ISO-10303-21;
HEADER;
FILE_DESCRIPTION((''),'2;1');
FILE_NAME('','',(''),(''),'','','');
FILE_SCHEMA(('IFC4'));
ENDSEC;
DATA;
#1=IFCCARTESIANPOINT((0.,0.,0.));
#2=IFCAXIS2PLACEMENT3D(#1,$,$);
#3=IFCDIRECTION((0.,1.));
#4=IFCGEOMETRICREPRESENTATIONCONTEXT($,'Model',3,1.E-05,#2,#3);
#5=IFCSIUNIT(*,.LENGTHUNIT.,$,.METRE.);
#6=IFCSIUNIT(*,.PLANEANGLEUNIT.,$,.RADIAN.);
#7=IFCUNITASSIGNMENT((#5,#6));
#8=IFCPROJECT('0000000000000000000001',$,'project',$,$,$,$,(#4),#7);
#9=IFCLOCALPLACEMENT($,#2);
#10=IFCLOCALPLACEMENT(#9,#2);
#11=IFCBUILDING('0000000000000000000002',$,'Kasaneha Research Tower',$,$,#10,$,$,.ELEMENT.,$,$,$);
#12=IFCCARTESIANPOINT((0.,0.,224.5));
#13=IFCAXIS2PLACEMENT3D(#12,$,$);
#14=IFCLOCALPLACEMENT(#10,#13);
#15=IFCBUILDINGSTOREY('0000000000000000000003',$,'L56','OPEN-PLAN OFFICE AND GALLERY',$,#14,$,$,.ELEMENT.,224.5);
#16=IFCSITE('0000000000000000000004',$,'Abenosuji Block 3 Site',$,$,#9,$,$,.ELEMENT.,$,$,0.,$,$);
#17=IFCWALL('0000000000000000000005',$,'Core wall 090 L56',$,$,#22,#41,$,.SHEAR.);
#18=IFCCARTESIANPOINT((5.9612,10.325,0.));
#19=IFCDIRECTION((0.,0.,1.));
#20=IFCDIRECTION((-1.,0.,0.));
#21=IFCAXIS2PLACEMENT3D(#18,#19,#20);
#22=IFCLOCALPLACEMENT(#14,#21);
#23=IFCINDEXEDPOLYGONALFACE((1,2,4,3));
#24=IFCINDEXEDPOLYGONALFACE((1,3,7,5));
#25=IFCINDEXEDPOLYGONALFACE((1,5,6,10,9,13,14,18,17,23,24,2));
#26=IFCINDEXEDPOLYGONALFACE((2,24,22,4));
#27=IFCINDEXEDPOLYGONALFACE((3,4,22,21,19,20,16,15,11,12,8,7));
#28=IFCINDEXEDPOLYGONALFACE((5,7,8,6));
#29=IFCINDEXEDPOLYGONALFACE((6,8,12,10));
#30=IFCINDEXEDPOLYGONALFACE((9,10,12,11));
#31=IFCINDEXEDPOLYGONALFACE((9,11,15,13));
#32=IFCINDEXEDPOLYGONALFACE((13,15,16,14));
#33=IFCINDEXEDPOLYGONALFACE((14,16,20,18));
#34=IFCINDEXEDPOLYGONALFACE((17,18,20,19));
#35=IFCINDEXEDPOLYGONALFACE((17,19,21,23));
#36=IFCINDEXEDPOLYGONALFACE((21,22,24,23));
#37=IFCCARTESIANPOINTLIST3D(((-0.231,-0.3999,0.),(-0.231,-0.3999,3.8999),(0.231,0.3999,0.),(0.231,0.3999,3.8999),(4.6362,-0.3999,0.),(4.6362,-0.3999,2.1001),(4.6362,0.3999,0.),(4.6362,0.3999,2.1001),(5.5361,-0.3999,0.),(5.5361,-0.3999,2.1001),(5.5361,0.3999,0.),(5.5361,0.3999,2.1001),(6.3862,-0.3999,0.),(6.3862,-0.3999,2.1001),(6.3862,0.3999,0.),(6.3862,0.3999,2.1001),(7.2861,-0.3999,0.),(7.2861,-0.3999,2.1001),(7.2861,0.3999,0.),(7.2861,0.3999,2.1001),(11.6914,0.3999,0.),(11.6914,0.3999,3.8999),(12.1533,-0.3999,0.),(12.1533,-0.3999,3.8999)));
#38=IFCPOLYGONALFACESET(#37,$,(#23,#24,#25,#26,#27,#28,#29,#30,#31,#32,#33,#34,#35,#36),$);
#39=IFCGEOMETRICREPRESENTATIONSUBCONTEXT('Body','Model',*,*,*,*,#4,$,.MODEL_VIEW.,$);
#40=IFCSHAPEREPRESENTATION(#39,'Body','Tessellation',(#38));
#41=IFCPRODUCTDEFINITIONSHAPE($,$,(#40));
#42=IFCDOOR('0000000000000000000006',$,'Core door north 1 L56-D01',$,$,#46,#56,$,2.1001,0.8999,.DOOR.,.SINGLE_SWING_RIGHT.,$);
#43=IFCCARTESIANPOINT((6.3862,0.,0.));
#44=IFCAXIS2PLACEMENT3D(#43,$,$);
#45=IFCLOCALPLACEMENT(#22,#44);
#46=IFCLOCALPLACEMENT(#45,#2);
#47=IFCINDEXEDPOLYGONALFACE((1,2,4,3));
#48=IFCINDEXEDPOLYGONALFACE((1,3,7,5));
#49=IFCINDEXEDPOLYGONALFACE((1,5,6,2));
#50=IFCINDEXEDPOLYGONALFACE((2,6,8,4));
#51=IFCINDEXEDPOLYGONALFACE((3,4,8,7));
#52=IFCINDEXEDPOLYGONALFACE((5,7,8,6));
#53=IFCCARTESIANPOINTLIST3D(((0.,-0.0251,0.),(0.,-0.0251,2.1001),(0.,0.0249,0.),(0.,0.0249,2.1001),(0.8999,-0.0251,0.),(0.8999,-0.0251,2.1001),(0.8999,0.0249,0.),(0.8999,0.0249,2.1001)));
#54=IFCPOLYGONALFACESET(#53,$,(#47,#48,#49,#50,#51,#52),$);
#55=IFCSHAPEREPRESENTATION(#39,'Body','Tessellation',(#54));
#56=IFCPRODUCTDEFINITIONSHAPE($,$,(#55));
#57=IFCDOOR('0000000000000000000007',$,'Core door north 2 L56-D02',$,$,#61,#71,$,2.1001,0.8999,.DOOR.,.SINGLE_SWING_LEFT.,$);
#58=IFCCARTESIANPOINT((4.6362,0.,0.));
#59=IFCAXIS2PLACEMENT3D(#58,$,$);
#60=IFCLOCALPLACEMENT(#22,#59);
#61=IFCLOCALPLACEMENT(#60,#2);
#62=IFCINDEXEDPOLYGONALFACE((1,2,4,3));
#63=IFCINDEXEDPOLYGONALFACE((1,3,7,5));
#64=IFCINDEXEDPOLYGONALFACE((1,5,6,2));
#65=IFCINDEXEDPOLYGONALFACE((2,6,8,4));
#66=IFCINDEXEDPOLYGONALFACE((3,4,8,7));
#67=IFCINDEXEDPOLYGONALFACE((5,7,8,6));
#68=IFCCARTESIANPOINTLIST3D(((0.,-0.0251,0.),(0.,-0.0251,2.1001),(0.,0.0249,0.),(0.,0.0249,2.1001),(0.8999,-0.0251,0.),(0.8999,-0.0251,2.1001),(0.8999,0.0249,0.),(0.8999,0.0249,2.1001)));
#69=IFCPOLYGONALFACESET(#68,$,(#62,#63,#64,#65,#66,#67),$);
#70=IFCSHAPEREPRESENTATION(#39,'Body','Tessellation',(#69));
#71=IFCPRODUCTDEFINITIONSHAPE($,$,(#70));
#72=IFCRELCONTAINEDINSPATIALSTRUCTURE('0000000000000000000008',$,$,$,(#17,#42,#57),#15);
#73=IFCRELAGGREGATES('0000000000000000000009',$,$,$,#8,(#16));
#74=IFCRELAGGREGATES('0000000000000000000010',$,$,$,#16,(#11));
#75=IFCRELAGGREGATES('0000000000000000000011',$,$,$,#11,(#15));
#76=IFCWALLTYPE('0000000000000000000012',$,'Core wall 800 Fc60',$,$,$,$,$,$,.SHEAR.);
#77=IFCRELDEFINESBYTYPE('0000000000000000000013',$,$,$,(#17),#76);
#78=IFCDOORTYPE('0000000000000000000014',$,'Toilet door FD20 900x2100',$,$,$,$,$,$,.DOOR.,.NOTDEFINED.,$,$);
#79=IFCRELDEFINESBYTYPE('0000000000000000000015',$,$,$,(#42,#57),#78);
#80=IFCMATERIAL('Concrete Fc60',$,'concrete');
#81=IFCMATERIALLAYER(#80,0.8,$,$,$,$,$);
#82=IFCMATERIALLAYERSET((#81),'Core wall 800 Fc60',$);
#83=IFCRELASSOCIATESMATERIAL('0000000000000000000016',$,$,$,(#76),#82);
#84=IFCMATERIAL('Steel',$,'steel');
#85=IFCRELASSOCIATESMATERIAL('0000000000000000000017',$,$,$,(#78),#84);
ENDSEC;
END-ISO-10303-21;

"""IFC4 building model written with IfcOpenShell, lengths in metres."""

from ifc_helpers import new_model, si_unit, direction, frame, frame_2d, origin, place, context, subcontext, project, spatial, polyline, rectangle, outline, extrude, material, layer, layer_set, type_object, element, fill, save


model = new_model("IFC4")

# Units and contexts
model_context = context("Model", 3, precision=1e-05, world=origin(), true_north=direction((0.0, 1.0)))
body_context = subcontext(model_context, "Body", "Model", "MODEL_VIEW")
ifc_project = project(units=[si_unit("LENGTHUNIT", "METRE"), si_unit("PLANEANGLEUNIT", "RADIAN")], contexts=[model_context])

# Site, building, storey
site_placement = place(None, origin())
site = spatial("IfcSite", under=ifc_project, at=site_placement, Name="Abenosuji Block 3 Site", CompositionType="ELEMENT", RefElevation=0.0)
building_placement = place(site_placement, origin())
building = spatial("IfcBuilding", under=site, at=building_placement, Name="Kasaneha Research Tower", CompositionType="ELEMENT")
storey_placement = place(building_placement, frame((0.0, 0.0, 224.5)))
storey = spatial("IfcBuildingStorey", under=building, at=storey_placement, Name="L56", Description="OPEN-PLAN OFFICE AND GALLERY", CompositionType="ELEMENT", Elevation=224.5)

# Wall, openings, doors
ifc_material_1 = material(Name="Concrete Fc60", Category="concrete")
ifc_layer_1 = layer(ifc_material_1, 0.8)
ifc_layer_set_1 = layer_set([ifc_layer_1], Name="Core wall 800 Fc60")
wall_type_1 = type_object("IfcWallType", Name="Core wall 800 Fc60", PredefinedType="SHEAR", material=ifc_layer_set_1)
wall_1_placement = place(storey_placement, frame((5.9612, 10.325, 0.0), z_axis=(0.0, 0.0, 1.0), x_axis=(-1.0, 0.0, 0.0)))
wall_1 = element("IfcWall", 1, at=wall_1_placement, inside=storey, type_object=wall_type_1, Name="Core wall 090 L56", PredefinedType="SHEAR", context=body_context, shape_type="SweptSolid", body=[
    extrude(outline(polyline([(-0.231, -0.3999), (4.6362, -0.3999), (5.5361, -0.3999), (6.3862, -0.3999), (7.2861, -0.3999), (12.1533, -0.3999), (11.6914, 0.3999), (7.2861, 0.3999), (6.3862, 0.3999), (5.5361, 0.3999), (4.6362, 0.3999), (0.231, 0.3999), (-0.231, -0.3999)])), origin(), (0.0, 0.0, 1.0), 3.8999),
])
opening_1_placement = place(wall_1_placement, frame((6.3862, 0.0, 0.0)))
opening_1 = element("IfcOpeningElement", 2, at=opening_1_placement, cuts=wall_1, PredefinedType="OPENING", context=body_context, shape_type="SweptSolid", body=[
    extrude(rectangle(XDim=0.8999, YDim=2.1001, at=frame_2d((0.45, 1.05))), frame((0.0, 0.4102, 0.0), z_axis=(0.0, -1.0, 0.0), x_axis=(1.0, 0.0, 0.0)), (0.0, 0.0, 1.0), 0.8201),
])
opening_2_placement = place(wall_1_placement, frame((4.6362, 0.0, 0.0)))
opening_2 = element("IfcOpeningElement", 3, at=opening_2_placement, cuts=wall_1, PredefinedType="OPENING", context=body_context, shape_type="SweptSolid", body=[
    extrude(rectangle(XDim=0.8999, YDim=2.1001, at=frame_2d((0.45, 1.05))), frame((0.0, 0.4102, 0.0), z_axis=(0.0, -1.0, 0.0), x_axis=(1.0, 0.0, 0.0)), (0.0, 0.0, 1.0), 0.8201),
])
ifc_material_2 = material(Name="Steel", Category="steel")
door_type_1 = type_object("IfcDoorType", Name="Toilet door FD20 900x2100", OperationType="NOTDEFINED", PredefinedType="DOOR", material=ifc_material_2)
door_1_placement = place(opening_1_placement, origin())
door_1 = element("IfcDoor", 4, at=door_1_placement, inside=storey, type_object=door_type_1, Name="Core door north 1 L56-D01", OperationType="SINGLE_SWING_RIGHT", OverallHeight=2.1001, OverallWidth=0.8999, PredefinedType="DOOR", context=body_context, shape_type="SweptSolid", body=[
    extrude(rectangle(XDim=0.8999, YDim=2.1001, at=frame_2d((0.45, 1.05))), frame((0.0, 0.0249, 0.0), z_axis=(0.0, -1.0, 0.0), x_axis=(1.0, 0.0, 0.0)), (0.0, 0.0, 1.0), 0.05),
])
fill(opening_1, door_1)
door_2_placement = place(opening_2_placement, origin())
door_2 = element("IfcDoor", 5, at=door_2_placement, inside=storey, type_object=door_type_1, Name="Core door north 2 L56-D02", OperationType="SINGLE_SWING_LEFT", OverallHeight=2.1001, OverallWidth=0.8999, PredefinedType="DOOR", context=body_context, shape_type="SweptSolid", body=[
    extrude(rectangle(XDim=0.8999, YDim=2.1001, at=frame_2d((0.45, 1.05))), frame((0.0, 0.0249, 0.0), z_axis=(0.0, -1.0, 0.0), x_axis=(1.0, 0.0, 0.0)), (0.0, 0.0, 1.0), 0.05),
])
fill(opening_2, door_2)

save(model, "model.ifc")
